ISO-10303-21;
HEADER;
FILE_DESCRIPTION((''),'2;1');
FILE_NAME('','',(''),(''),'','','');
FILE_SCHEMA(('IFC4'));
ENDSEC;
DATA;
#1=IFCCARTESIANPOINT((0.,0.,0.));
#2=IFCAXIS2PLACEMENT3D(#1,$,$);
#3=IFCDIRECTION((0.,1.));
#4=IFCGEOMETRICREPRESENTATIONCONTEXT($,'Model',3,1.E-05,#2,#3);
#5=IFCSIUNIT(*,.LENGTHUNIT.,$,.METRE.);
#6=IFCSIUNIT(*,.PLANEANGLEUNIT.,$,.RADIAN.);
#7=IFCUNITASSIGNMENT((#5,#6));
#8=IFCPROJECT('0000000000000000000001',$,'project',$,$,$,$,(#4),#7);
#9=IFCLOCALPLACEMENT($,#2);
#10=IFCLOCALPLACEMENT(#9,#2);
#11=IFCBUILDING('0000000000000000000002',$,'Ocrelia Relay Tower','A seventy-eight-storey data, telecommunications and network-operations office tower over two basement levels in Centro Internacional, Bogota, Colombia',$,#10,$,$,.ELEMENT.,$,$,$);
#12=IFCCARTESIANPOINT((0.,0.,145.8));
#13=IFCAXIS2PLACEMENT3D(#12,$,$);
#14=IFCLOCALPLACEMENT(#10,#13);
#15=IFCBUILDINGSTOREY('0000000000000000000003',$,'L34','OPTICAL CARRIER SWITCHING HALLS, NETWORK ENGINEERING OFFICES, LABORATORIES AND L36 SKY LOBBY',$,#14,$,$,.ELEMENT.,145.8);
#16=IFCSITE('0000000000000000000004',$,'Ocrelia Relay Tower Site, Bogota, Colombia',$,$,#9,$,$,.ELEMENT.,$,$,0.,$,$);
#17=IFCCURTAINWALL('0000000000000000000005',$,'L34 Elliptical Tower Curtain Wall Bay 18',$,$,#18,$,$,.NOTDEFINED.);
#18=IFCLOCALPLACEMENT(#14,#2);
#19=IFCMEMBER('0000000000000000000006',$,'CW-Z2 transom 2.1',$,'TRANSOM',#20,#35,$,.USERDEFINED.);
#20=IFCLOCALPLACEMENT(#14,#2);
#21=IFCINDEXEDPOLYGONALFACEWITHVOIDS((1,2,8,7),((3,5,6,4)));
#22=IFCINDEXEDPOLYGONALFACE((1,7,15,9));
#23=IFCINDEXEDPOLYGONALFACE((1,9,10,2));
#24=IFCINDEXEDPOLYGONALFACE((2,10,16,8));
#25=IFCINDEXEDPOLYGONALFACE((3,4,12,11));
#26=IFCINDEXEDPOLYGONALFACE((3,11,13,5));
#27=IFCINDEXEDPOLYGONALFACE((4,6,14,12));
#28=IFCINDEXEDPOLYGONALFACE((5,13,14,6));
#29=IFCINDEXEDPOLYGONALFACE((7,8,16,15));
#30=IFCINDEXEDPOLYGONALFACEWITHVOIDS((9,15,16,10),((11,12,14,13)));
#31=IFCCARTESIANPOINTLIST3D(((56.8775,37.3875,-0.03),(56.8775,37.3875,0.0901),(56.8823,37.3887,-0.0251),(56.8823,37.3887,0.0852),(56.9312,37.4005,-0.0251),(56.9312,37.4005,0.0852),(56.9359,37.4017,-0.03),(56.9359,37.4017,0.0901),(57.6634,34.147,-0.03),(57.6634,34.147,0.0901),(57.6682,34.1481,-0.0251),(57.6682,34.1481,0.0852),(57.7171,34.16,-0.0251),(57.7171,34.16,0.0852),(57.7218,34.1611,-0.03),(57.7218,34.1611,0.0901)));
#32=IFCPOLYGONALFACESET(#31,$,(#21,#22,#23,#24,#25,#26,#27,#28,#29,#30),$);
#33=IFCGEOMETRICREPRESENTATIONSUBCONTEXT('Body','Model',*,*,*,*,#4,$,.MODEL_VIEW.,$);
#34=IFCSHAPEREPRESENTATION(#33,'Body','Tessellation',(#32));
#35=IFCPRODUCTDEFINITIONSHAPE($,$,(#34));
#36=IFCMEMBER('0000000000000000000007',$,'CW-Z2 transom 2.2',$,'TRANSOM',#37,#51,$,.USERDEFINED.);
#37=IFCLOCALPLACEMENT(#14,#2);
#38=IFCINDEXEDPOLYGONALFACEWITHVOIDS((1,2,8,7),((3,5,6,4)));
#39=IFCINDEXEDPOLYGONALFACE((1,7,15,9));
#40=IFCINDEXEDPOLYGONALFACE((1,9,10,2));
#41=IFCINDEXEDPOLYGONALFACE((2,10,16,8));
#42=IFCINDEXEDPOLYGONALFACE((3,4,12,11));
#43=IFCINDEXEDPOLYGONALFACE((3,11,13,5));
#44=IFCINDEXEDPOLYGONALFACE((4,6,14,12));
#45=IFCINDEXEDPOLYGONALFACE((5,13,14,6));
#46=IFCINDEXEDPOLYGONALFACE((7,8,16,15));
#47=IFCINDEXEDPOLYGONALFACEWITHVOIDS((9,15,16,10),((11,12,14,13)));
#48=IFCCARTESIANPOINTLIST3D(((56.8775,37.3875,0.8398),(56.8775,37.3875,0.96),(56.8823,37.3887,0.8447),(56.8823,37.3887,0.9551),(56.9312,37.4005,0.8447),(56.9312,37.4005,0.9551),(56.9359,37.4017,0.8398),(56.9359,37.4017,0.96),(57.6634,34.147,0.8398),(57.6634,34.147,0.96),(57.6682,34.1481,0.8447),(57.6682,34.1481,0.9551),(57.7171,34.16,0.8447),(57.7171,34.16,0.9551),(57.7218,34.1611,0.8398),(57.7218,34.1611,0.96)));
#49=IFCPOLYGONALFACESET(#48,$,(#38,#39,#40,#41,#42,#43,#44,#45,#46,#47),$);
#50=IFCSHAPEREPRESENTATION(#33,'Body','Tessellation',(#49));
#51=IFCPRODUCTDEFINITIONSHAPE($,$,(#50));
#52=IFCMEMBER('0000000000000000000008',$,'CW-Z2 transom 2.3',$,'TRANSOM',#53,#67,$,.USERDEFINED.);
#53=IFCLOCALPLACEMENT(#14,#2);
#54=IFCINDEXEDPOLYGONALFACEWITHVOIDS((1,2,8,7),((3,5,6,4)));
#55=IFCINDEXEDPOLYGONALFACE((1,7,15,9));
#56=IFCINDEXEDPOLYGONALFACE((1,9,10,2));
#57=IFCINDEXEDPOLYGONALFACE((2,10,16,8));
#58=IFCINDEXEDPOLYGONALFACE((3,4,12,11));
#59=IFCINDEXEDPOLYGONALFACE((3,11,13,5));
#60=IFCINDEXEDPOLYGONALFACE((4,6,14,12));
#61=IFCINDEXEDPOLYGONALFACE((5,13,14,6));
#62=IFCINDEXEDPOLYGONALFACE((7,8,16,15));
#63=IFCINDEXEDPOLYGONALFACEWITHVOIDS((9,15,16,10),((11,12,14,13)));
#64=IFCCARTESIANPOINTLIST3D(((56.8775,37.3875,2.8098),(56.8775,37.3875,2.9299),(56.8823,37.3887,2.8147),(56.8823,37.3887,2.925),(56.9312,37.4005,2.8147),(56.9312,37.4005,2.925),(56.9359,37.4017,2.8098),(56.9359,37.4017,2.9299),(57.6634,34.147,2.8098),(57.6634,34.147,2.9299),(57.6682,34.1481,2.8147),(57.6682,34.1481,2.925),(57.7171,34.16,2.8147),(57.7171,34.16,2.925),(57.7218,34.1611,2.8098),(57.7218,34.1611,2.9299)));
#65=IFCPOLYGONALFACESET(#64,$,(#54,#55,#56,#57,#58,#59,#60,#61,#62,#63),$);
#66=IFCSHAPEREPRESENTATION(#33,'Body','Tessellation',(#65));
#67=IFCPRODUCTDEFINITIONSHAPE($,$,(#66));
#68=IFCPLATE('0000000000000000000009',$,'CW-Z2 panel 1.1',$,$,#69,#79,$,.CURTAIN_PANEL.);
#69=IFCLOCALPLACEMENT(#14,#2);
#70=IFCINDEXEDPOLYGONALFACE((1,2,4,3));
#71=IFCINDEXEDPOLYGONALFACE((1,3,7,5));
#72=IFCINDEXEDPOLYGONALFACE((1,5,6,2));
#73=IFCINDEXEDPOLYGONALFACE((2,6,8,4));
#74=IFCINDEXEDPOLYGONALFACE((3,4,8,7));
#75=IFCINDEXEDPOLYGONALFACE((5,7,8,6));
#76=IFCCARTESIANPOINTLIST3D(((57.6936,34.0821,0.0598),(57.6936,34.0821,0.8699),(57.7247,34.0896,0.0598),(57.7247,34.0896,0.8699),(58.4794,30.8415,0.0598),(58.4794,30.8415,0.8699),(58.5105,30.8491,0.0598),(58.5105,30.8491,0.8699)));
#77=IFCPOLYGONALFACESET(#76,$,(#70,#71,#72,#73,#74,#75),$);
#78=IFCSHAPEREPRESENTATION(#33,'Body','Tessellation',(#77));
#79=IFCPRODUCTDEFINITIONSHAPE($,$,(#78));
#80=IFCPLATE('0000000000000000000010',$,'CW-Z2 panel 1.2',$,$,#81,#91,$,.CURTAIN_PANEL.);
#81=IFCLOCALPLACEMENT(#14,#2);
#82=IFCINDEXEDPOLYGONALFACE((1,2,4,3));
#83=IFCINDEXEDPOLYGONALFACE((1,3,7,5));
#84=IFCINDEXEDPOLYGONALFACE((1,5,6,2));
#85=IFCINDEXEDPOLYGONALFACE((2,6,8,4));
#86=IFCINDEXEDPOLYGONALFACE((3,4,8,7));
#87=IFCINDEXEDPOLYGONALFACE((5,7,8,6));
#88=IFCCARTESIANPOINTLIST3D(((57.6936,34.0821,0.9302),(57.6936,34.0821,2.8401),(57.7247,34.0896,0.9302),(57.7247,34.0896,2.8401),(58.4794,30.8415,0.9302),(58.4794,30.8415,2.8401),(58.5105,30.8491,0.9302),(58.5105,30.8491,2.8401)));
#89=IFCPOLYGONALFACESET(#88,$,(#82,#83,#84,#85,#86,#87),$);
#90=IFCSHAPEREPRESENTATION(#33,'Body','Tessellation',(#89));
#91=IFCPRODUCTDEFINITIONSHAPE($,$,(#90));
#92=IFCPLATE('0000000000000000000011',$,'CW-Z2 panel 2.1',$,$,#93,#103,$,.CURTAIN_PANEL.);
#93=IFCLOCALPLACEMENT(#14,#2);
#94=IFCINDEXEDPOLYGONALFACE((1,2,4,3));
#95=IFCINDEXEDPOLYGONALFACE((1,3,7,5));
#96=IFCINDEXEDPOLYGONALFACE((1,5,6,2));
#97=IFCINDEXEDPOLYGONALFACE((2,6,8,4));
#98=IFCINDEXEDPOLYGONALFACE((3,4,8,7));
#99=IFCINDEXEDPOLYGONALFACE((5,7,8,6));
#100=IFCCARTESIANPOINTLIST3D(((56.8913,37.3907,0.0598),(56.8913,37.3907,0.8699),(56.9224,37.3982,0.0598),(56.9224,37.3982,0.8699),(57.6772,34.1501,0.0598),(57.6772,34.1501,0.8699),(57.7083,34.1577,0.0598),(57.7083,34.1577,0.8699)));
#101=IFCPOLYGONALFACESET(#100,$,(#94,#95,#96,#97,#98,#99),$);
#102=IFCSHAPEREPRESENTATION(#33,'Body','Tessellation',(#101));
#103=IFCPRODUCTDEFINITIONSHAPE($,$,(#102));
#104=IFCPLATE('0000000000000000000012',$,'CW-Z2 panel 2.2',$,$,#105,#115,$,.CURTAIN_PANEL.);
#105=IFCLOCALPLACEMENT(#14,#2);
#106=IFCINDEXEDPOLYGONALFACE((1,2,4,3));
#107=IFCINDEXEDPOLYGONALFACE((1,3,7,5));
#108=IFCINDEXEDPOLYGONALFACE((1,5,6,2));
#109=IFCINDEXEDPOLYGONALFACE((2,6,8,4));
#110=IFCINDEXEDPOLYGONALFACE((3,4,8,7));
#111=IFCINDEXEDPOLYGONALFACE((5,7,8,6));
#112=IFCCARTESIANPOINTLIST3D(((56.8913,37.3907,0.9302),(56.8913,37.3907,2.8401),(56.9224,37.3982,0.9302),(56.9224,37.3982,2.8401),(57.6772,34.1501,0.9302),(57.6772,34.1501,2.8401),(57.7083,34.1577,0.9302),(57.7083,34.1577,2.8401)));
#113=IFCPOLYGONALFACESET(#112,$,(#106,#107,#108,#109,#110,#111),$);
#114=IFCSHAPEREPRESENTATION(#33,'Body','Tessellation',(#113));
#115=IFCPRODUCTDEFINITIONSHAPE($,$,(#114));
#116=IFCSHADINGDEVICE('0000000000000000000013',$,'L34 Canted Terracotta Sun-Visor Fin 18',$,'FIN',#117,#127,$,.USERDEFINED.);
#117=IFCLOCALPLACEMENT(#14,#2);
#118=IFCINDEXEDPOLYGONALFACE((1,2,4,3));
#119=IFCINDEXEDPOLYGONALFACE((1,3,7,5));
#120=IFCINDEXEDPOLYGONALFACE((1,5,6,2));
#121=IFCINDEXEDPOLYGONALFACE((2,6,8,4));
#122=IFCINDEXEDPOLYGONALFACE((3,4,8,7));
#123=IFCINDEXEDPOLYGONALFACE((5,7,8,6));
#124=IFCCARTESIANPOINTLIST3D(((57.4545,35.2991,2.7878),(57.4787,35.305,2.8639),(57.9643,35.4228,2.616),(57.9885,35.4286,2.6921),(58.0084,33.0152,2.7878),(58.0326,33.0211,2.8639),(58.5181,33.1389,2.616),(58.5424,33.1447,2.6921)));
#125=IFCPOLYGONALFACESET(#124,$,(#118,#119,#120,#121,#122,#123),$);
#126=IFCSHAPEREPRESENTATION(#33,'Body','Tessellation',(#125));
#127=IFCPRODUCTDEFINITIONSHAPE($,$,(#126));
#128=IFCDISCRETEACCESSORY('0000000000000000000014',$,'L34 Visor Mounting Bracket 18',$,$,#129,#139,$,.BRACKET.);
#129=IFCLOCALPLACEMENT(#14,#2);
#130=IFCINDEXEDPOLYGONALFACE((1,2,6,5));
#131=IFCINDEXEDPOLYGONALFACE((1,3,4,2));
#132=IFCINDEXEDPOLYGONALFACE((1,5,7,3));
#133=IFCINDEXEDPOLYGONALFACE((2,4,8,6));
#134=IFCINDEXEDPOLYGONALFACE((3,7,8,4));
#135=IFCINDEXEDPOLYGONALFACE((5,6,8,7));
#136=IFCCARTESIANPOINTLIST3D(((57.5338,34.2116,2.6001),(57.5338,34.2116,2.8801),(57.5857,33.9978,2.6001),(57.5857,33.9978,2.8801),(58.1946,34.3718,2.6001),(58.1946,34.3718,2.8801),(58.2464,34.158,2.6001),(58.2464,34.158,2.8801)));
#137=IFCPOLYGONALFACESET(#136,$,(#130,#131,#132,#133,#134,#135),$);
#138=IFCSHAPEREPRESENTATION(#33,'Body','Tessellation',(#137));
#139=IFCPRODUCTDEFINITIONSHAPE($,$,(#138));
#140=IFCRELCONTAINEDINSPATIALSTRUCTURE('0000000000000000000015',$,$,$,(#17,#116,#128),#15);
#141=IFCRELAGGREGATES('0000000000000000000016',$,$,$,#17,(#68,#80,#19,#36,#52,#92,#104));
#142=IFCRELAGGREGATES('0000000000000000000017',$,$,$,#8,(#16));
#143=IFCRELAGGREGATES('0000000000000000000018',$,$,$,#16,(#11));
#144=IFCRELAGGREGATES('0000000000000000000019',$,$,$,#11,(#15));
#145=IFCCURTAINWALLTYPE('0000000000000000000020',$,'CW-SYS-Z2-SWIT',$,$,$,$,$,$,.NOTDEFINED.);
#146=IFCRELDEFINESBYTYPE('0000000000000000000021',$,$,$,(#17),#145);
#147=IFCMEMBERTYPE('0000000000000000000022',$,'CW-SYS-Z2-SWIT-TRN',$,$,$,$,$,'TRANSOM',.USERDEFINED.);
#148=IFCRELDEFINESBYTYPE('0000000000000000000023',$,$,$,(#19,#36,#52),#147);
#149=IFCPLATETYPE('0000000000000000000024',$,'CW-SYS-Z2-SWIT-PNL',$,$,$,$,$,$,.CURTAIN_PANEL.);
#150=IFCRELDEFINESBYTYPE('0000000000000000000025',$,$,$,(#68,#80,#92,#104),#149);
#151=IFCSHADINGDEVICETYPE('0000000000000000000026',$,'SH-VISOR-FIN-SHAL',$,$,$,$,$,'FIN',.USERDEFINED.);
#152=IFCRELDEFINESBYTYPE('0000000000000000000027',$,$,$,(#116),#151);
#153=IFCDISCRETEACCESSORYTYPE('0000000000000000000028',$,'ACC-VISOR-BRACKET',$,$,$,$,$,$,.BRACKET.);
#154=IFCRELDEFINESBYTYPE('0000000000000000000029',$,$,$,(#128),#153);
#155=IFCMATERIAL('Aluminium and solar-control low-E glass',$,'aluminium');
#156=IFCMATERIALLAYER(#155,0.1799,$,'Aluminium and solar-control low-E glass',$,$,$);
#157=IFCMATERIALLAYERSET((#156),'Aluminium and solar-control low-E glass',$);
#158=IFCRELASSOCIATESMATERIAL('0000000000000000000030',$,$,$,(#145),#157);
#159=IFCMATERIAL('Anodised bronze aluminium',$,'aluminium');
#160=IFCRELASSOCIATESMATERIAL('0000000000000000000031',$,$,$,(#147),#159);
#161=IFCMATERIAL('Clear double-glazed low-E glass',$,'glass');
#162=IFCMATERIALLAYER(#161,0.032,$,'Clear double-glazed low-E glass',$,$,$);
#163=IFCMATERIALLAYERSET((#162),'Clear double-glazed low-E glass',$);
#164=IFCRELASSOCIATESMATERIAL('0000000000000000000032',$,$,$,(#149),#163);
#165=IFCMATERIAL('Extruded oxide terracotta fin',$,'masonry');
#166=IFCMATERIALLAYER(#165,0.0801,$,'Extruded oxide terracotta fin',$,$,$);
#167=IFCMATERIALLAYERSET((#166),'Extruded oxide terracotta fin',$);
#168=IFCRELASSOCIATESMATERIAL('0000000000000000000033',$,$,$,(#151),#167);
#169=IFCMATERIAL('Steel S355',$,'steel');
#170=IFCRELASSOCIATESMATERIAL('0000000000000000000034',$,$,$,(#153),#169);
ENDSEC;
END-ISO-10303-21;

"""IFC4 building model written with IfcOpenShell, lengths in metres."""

from ifc_helpers import new_model, si_unit, direction, frame, origin, origin_2d, place, context, subcontext, project, spatial, rectangle, hollow_rectangle, extrude, material, layer, layer_set, material_profile, profile_set, type_object, element, aggregate, save


model = new_model("IFC4")

# Units and contexts
model_context = context("Model", 3, precision=1e-05, world=origin(), true_north=direction((0.0, 1.0)))
body_context = subcontext(model_context, "Body", "Model", "MODEL_VIEW")
ifc_project = project(units=[si_unit("LENGTHUNIT", "METRE"), si_unit("PLANEANGLEUNIT", "RADIAN")], contexts=[model_context])

# Site, building, storey
site_placement = place(None, origin())
site = spatial("IfcSite", under=ifc_project, at=site_placement, Name="Ocrelia Relay Tower Site, Bogota, Colombia", CompositionType="ELEMENT", RefElevation=0.0)
building_placement = place(site_placement, origin())
building = spatial("IfcBuilding", under=site, at=building_placement, Name="Ocrelia Relay Tower", Description="A seventy-eight-storey data, telecommunications and network-operations office tower over two basement levels in Centro Internacional, Bogota, Colombia", CompositionType="ELEMENT")
storey_placement = place(building_placement, frame((0.0, 0.0, 145.8)))
storey = spatial("IfcBuildingStorey", under=building, at=storey_placement, Name="L34", Description="OPTICAL CARRIER SWITCHING HALLS, NETWORK ENGINEERING OFFICES, LABORATORIES AND L36 SKY LOBBY", CompositionType="ELEMENT", Elevation=145.8)

# Shared definitions
ifc_material_1 = material(Name="Steel S355", Category="steel")

# Curtain wall, members, plates
ifc_material_2 = material(Name="Aluminium and solar-control low-E glass", Category="aluminium")
ifc_layer_1 = layer(ifc_material_2, 0.1799, Name="Aluminium and solar-control low-E glass")
ifc_layer_set_1 = layer_set([ifc_layer_1], Name="Aluminium and solar-control low-E glass")
curtain_wall_type = type_object("IfcCurtainWallType", Name="CW-SYS-Z2-SWIT", PredefinedType="NOTDEFINED", material=ifc_layer_set_1)
curtain_wall_placement = place(storey_placement, origin())
curtain_wall = element("IfcCurtainWall", 1, at=curtain_wall_placement, inside=storey, type_object=curtain_wall_type, Name="L34 Elliptical Tower Curtain Wall Bay 18", PredefinedType="NOTDEFINED")
ifc_material_3 = material(Name="Anodised bronze aluminium", Category="aluminium")
ifc_material_profile_1 = material_profile(ifc_material_3, hollow_rectangle(XDim=0.0601, YDim=0.1201, WallThickness=0.0049, at=origin_2d()), Name="CW-TRN-120x60")
ifc_profile_set_1 = profile_set([ifc_material_profile_1], Name="Anodised bronze aluminium")
member_type_1 = type_object("IfcMemberType", Name="CW-SYS-Z2-SWIT-TRN", ElementType="TRANSOM", PredefinedType="USERDEFINED", material=ifc_profile_set_1)
member_1_placement = place(storey_placement, frame((57.6926, 34.1541, 0.03), z_axis=(-0.23569, 0.971828, 0.0), x_axis=(-0.971828, -0.23569, 0.0)))
member_1 = element("IfcMember", 2, at=member_1_placement, type_object=member_type_1, Name="CW-Z2 transom 2.1", ObjectType="TRANSOM", PredefinedType="USERDEFINED", context=body_context, shape_type="SweptSolid", body=[
    extrude(hollow_rectangle(XDim=0.0601, YDim=0.1201, WallThickness=0.0049, at=origin_2d()), origin(), (0.0, 0.0, 1.0), 3.3345),
])
member_2_placement = place(storey_placement, frame((57.6926, 34.1541, 0.8999), z_axis=(-0.23569, 0.971828, 0.0), x_axis=(-0.971828, -0.23569, 0.0)))
member_2 = element("IfcMember", 3, at=member_2_placement, type_object=member_type_1, Name="CW-Z2 transom 2.2", ObjectType="TRANSOM", PredefinedType="USERDEFINED", context=body_context, shape_type="SweptSolid", body=[
    extrude(hollow_rectangle(XDim=0.0601, YDim=0.1201, WallThickness=0.0049, at=origin_2d()), origin(), (0.0, 0.0, 1.0), 3.3345),
])
member_3_placement = place(storey_placement, frame((57.6926, 34.1541, 2.8699), z_axis=(-0.23569, 0.971828, 0.0), x_axis=(-0.971828, -0.23569, 0.0)))
member_3 = element("IfcMember", 4, at=member_3_placement, type_object=member_type_1, Name="CW-Z2 transom 2.3", ObjectType="TRANSOM", PredefinedType="USERDEFINED", context=body_context, shape_type="SweptSolid", body=[
    extrude(hollow_rectangle(XDim=0.0601, YDim=0.1201, WallThickness=0.0049, at=origin_2d()), origin(), (0.0, 0.0, 1.0), 3.3345),
])
ifc_material_4 = material(Name="Clear double-glazed low-E glass", Category="glass")
ifc_layer_2 = layer(ifc_material_4, 0.032, Name="Clear double-glazed low-E glass")
ifc_layer_set_2 = layer_set([ifc_layer_2], Name="Clear double-glazed low-E glass")
plate_type = type_object("IfcPlateType", Name="CW-SYS-Z2-SWIT-PNL", PredefinedType="CURTAIN_PANEL", material=ifc_layer_set_2)
plate_1_placement = place(storey_placement, frame((58.1021, 32.4656, 0.0598), z_axis=(0.0, 0.0, 1.0), x_axis=(-0.235672, 0.971833, 0.0)))
plate_1 = element("IfcPlate", 5, at=plate_1_placement, type_object=plate_type, Name="CW-Z2 panel 1.1", PredefinedType="CURTAIN_PANEL", context=body_context, shape_type="SweptSolid", body=[
    extrude(rectangle(XDim=3.3345, YDim=0.032, at=origin_2d()), origin(), (0.0, 0.0, 1.0), 0.8101),
])
plate_2_placement = place(storey_placement, frame((58.1021, 32.4656, 0.9302), z_axis=(0.0, 0.0, 1.0), x_axis=(-0.235672, 0.971833, 0.0)))
plate_2 = element("IfcPlate", 6, at=plate_2_placement, type_object=plate_type, Name="CW-Z2 panel 1.2", PredefinedType="CURTAIN_PANEL", context=body_context, shape_type="SweptSolid", body=[
    extrude(rectangle(XDim=3.3345, YDim=0.032, at=origin_2d()), origin(), (0.0, 0.0, 1.0), 1.9099),
])
plate_3_placement = place(storey_placement, frame((57.2998, 35.7742, 0.0598), z_axis=(0.0, 0.0, 1.0), x_axis=(-0.235672, 0.971833, 0.0)))
plate_3 = element("IfcPlate", 7, at=plate_3_placement, type_object=plate_type, Name="CW-Z2 panel 2.1", PredefinedType="CURTAIN_PANEL", context=body_context, shape_type="SweptSolid", body=[
    extrude(rectangle(XDim=3.3345, YDim=0.032, at=origin_2d()), origin(), (0.0, 0.0, 1.0), 0.8101),
])
plate_4_placement = place(storey_placement, frame((57.2998, 35.7742, 0.9302), z_axis=(0.0, 0.0, 1.0), x_axis=(-0.235672, 0.971833, 0.0)))
plate_4 = element("IfcPlate", 8, at=plate_4_placement, type_object=plate_type, Name="CW-Z2 panel 2.2", PredefinedType="CURTAIN_PANEL", context=body_context, shape_type="SweptSolid", body=[
    extrude(rectangle(XDim=3.3345, YDim=0.032, at=origin_2d()), origin(), (0.0, 0.0, 1.0), 1.9099),
])
aggregate(curtain_wall, [plate_1, plate_2, member_1, member_2, member_3, plate_3, plate_4])

# Shading device
ifc_material_5 = material(Name="Extruded oxide terracotta fin", Category="masonry")
ifc_layer_3 = layer(ifc_material_5, 0.0801, Name="Extruded oxide terracotta fin")
ifc_layer_set_3 = layer_set([ifc_layer_3], Name="Extruded oxide terracotta fin")
shading_device_type = type_object("IfcShadingDeviceType", Name="SH-VISOR-FIN-SHAL", ElementType="FIN", PredefinedType="USERDEFINED", material=ifc_layer_set_3)
shading_device_placement = place(storey_placement, frame((57.9863, 34.219, 2.7019), z_axis=(0.30257, 0.073374, 0.950299), x_axis=(-0.235672, 0.971833, 0.0)))
element("IfcShadingDevice", 9, at=shading_device_placement, inside=storey, type_object=shading_device_type, Name="L34 Canted Terracotta Sun-Visor Fin 18", ObjectType="FIN", PredefinedType="USERDEFINED", context=body_context, shape_type="SweptSolid", body=[
    extrude(rectangle(XDim=2.3501, YDim=0.552, at=origin_2d()), origin(), (0.0, 0.0, 1.0), 0.0801),
])

# Discrete accessory
discrete_accessory_type = type_object("IfcDiscreteAccessoryType", Name="ACC-VISOR-BRACKET", PredefinedType="BRACKET", material=ifc_material_1)
discrete_accessory_placement = place(storey_placement, frame((57.8901, 34.1848, 2.6001), z_axis=(0.0, 0.0, 1.0), x_axis=(-0.235672, 0.971833, 0.0)))
element("IfcDiscreteAccessory", 10, at=discrete_accessory_placement, inside=storey, type_object=discrete_accessory_type, Name="L34 Visor Mounting Bracket 18", PredefinedType="BRACKET", context=body_context, shape_type="SweptSolid", body=[
    extrude(rectangle(XDim=0.22, YDim=0.6799, at=origin_2d()), origin(), (0.0, 0.0, 1.0), 0.28),
])

save(model, "model.ifc")
